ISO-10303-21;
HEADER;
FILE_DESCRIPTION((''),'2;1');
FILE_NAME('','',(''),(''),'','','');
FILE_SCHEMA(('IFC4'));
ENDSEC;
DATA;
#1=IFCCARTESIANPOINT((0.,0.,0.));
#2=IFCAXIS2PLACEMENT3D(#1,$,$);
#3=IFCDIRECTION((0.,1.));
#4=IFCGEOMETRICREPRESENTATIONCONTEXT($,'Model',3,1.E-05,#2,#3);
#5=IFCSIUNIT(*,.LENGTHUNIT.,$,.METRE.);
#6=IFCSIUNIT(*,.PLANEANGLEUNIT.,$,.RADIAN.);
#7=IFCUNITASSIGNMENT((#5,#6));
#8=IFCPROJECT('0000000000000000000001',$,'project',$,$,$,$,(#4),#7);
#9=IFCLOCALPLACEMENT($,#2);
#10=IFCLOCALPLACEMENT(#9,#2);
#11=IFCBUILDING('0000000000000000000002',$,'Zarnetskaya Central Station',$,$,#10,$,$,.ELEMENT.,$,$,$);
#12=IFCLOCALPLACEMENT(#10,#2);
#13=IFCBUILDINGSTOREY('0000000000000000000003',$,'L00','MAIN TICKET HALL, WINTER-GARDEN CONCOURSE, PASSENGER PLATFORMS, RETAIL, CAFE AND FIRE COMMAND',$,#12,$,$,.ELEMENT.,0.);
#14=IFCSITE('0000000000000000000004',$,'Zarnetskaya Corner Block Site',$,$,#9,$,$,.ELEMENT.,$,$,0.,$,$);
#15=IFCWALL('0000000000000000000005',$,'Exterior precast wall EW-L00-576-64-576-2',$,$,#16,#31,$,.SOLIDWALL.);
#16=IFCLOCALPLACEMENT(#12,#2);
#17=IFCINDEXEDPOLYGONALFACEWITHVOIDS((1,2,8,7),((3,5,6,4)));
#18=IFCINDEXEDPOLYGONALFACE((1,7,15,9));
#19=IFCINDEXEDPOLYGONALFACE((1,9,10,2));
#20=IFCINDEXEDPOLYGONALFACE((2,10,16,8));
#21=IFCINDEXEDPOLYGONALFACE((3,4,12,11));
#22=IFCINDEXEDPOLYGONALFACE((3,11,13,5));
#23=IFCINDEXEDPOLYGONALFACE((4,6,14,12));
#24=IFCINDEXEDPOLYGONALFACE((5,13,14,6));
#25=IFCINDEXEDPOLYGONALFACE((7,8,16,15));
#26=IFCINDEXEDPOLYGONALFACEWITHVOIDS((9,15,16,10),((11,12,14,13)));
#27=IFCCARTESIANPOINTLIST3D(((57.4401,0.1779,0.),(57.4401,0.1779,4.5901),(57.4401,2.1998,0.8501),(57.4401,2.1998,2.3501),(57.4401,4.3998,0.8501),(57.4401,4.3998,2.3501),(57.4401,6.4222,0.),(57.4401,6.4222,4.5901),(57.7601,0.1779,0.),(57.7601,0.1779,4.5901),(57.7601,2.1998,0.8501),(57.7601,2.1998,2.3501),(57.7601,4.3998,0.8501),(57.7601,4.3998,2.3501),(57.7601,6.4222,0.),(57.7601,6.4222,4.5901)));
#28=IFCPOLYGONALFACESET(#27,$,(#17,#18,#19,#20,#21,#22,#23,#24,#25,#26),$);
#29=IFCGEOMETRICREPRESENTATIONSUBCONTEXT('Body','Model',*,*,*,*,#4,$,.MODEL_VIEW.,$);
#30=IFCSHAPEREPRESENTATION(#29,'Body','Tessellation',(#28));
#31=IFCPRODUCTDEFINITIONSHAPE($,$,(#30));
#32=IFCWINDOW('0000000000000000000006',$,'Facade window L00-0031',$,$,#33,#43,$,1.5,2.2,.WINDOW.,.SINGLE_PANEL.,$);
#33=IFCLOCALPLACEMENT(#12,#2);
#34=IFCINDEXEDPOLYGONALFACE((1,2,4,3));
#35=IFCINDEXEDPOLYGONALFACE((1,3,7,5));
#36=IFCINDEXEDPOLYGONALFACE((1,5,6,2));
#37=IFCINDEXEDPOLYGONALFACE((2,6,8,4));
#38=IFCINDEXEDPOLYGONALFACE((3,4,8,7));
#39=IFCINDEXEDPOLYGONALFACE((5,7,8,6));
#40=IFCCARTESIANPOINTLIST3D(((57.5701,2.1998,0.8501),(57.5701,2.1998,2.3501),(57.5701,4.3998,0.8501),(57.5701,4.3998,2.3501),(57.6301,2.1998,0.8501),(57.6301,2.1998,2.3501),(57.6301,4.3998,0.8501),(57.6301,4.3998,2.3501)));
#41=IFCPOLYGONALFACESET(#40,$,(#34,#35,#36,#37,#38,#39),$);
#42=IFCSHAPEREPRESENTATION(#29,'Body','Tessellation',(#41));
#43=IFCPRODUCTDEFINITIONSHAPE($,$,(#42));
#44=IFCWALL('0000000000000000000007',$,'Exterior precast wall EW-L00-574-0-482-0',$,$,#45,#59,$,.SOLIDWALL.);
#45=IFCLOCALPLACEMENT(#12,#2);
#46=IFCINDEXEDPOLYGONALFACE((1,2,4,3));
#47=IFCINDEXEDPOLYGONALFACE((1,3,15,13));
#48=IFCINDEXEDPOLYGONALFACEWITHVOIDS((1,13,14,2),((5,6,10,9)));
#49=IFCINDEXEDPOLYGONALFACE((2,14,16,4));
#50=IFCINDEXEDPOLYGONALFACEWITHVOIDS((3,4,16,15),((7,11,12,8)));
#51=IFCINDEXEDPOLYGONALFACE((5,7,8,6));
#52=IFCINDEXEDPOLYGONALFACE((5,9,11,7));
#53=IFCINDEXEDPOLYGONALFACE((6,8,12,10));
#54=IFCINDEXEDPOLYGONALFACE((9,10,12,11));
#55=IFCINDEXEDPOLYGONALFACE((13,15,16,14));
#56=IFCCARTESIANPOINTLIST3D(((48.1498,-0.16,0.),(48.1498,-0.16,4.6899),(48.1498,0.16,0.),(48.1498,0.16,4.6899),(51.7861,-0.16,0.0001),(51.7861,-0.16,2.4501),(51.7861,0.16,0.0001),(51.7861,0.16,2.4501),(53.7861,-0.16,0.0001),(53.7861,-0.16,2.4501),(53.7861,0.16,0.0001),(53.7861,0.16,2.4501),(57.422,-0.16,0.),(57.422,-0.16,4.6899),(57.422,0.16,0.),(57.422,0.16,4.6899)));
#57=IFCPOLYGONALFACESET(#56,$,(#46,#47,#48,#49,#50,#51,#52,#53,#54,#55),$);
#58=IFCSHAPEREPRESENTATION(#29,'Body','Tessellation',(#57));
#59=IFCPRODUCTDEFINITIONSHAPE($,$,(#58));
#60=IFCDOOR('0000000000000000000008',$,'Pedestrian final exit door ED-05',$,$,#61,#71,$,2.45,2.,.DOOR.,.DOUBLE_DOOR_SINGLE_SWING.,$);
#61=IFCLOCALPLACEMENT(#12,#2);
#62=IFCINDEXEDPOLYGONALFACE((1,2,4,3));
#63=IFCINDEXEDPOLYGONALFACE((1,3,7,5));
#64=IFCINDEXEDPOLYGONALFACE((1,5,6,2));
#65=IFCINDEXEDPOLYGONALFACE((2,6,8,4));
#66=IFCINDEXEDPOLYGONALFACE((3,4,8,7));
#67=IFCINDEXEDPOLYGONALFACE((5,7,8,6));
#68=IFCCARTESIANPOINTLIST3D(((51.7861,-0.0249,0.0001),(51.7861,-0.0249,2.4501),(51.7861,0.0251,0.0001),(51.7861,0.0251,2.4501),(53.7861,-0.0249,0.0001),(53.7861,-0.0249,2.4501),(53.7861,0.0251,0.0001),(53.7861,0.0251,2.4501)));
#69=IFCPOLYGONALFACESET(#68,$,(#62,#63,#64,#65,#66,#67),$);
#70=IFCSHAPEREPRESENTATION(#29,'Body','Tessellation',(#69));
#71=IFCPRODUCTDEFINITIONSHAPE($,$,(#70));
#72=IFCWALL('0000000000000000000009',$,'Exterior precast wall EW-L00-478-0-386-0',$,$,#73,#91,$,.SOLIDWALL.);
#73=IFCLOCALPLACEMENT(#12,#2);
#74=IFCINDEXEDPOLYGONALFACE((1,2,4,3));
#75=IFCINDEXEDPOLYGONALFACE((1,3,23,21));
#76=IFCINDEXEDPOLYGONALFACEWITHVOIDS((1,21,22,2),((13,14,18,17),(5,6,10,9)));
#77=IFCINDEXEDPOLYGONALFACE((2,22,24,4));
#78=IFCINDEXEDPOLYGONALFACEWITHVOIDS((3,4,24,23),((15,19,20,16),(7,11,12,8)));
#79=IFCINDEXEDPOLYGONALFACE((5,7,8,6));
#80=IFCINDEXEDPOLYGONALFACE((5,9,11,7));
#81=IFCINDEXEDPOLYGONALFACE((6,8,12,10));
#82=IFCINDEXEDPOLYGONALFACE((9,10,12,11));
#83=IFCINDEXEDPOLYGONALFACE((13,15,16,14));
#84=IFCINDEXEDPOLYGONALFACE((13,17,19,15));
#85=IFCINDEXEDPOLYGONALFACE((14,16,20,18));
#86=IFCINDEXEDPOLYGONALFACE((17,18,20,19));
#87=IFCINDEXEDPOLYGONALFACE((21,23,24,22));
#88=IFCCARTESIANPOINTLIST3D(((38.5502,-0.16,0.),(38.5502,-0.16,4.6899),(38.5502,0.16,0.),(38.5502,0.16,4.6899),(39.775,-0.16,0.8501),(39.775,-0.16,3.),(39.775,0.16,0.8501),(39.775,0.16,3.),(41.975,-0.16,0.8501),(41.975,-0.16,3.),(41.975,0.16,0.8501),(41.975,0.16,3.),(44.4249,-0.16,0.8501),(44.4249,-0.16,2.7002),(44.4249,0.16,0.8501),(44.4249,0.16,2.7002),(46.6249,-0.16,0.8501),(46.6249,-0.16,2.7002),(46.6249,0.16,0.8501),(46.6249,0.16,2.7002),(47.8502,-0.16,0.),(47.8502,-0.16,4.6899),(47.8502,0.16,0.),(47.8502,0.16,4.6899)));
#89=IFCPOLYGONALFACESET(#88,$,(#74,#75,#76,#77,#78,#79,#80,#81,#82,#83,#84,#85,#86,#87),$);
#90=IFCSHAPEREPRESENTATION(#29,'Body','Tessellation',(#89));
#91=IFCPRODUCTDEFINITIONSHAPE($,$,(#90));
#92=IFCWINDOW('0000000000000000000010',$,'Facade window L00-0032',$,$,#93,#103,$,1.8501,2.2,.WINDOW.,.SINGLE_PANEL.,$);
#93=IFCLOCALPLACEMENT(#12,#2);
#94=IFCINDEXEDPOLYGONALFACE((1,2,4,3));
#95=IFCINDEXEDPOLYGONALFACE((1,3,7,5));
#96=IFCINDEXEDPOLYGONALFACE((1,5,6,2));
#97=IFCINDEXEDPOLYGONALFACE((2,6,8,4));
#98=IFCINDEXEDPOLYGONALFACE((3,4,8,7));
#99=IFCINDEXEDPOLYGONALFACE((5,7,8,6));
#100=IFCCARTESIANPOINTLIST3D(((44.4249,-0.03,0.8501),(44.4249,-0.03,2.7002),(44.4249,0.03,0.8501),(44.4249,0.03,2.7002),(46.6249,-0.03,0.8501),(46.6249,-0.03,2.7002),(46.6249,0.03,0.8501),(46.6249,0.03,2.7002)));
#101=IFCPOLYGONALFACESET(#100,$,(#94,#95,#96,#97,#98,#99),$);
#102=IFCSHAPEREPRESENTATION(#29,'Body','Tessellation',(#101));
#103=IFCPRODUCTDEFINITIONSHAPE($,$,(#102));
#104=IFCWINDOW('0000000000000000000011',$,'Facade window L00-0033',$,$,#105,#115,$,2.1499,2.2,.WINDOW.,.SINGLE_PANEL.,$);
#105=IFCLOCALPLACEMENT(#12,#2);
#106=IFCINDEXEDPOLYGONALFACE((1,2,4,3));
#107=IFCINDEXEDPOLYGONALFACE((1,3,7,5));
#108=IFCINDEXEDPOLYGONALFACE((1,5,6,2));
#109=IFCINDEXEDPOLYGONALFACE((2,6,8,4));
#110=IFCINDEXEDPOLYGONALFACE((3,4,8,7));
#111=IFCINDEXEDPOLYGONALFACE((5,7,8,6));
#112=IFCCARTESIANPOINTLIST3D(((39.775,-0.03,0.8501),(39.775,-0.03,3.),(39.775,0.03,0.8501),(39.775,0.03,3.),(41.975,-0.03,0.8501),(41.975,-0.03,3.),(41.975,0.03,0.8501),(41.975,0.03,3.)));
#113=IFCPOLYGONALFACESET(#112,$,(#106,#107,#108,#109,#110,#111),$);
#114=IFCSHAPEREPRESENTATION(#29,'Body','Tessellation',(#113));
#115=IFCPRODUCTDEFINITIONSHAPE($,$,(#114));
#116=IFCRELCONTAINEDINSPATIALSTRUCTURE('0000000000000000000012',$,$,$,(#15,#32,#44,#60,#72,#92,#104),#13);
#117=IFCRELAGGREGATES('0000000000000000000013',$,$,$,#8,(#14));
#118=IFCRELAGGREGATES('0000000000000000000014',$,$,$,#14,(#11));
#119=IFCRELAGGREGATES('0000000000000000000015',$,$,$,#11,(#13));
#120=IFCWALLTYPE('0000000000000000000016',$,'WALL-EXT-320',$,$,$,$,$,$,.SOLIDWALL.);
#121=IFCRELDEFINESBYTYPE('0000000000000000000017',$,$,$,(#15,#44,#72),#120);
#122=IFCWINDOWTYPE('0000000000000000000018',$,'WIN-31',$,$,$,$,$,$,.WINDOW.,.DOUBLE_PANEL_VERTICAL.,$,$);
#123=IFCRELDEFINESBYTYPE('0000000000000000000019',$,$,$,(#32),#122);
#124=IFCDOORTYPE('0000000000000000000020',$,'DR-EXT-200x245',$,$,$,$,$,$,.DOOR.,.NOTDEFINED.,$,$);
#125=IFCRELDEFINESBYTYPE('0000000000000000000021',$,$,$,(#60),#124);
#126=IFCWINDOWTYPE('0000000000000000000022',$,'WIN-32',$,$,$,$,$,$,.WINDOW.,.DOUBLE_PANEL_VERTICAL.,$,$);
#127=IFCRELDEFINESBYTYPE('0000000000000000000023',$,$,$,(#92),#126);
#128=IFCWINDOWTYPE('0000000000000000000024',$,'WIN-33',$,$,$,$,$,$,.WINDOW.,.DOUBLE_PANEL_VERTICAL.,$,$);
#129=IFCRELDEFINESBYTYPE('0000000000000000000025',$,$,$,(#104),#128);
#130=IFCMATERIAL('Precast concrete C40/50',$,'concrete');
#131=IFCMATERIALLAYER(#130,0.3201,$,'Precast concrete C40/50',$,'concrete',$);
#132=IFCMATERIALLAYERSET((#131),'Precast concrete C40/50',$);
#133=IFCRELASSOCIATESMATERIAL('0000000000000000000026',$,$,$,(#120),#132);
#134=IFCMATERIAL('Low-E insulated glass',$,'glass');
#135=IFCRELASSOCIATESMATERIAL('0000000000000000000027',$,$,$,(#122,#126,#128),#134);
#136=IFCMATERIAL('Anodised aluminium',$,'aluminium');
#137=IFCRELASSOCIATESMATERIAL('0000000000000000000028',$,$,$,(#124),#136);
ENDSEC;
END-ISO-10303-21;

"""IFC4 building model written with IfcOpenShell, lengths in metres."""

from ifc_helpers import new_model, si_unit, direction, frame, frame_2d, origin, place, context, subcontext, project, spatial, rectangle, extrude, material, layer, layer_set, type_object, element, fill, save


model = new_model("IFC4")

# Units and contexts
model_context = context("Model", 3, precision=1e-05, world=origin(), true_north=direction((0.0, 1.0)))
body_context = subcontext(model_context, "Body", "Model", "MODEL_VIEW")
ifc_project = project(units=[si_unit("LENGTHUNIT", "METRE"), si_unit("PLANEANGLEUNIT", "RADIAN")], contexts=[model_context])

# Site, building, storey
site_placement = place(None, origin())
site = spatial("IfcSite", under=ifc_project, at=site_placement, Name="Zarnetskaya Corner Block Site", CompositionType="ELEMENT", RefElevation=0.0)
building_placement = place(site_placement, origin())
building = spatial("IfcBuilding", under=site, at=building_placement, Name="Zarnetskaya Central Station", CompositionType="ELEMENT")
storey_placement = place(building_placement, origin())
storey = spatial("IfcBuildingStorey", under=building, at=storey_placement, Name="L00", Description="MAIN TICKET HALL, WINTER-GARDEN CONCOURSE, PASSENGER PLATFORMS, RETAIL, CAFE AND FIRE COMMAND", CompositionType="ELEMENT", Elevation=0.0)

# Shared definitions
ifc_material_1 = material(Name="Anodised aluminium", Category="aluminium")

# Wall, opening, window
ifc_material_2 = material(Name="Precast concrete C40/50", Category="concrete")
ifc_layer_1 = layer(ifc_material_2, 0.3201, Name="Precast concrete C40/50", Category="concrete")
ifc_layer_set_1 = layer_set([ifc_layer_1], Name="Precast concrete C40/50")
wall_type_1 = type_object("IfcWallType", Name="WALL-EXT-320", PredefinedType="SOLIDWALL", material=ifc_layer_set_1)
ifc_material_3 = material(Name="Low-E insulated glass", Category="glass")
wall_1_placement = place(storey_placement, frame((57.6001, 6.4221, 0.0), z_axis=(0.0, 0.0, 1.0), x_axis=(0.0, -1.0, 0.0)))
wall_1 = element("IfcWall", 1, at=wall_1_placement, inside=storey, type_object=wall_type_1, Name="Exterior precast wall EW-L00-576-64-576-2", PredefinedType="SOLIDWALL", context=body_context, shape_type="SweptSolid", body=[
    extrude(rectangle(XDim=6.2444, YDim=0.3201, at=frame_2d((3.1221, 0.0))), origin(), (0.0, 0.0, 1.0), 4.5901),
])
opening_1_placement = place(wall_1_placement, frame((2.0222, 0.0, 0.8501)))
opening_1 = element("IfcOpeningElement", 2, at=opening_1_placement, cuts=wall_1, PredefinedType="OPENING", context=body_context, shape_type="SweptSolid", body=[
    extrude(rectangle(XDim=2.2, YDim=1.5, at=frame_2d((1.1001, 0.75))), frame((0.0, 0.1699, 0.0), z_axis=(0.0, -1.0, 0.0), x_axis=(1.0, 0.0, 0.0)), (0.0, 0.0, 1.0), 0.3401),
])
window_type_1 = type_object("IfcWindowType", Name="WIN-31", PartitioningType="DOUBLE_PANEL_VERTICAL", PredefinedType="WINDOW", material=ifc_material_3)
window_1_placement = place(opening_1_placement, origin())
window_1 = element("IfcWindow", 3, at=window_1_placement, inside=storey, type_object=window_type_1, Name="Facade window L00-0031", OverallHeight=1.5, OverallWidth=2.2, PartitioningType="SINGLE_PANEL", PredefinedType="WINDOW", context=body_context, shape_type="SweptSolid", body=[
    extrude(rectangle(XDim=2.2, YDim=1.5, at=frame_2d((1.1001, 0.75))), frame((0.0, 0.03, 0.0), z_axis=(0.0, -1.0, 0.0), x_axis=(1.0, 0.0, 0.0)), (0.0, 0.0, 1.0), 0.0601),
])
fill(opening_1, window_1)

# Wall, opening, door
wall_2_placement = place(storey_placement, frame((57.4221, 0.0, 0.0), z_axis=(0.0, 0.0, 1.0), x_axis=(-1.0, 0.0, 0.0)))
wall_2 = element("IfcWall", 4, at=wall_2_placement, inside=storey, type_object=wall_type_1, Name="Exterior precast wall EW-L00-574-0-482-0", PredefinedType="SOLIDWALL", context=body_context, shape_type="SweptSolid", body=[
    extrude(rectangle(XDim=9.2722, YDim=0.3201, at=frame_2d((4.6362, 0.0))), origin(), (0.0, 0.0, 1.0), 4.6899),
])
opening_2_placement = place(wall_2_placement, frame((3.636, 0.0, 0.0)))
opening_2 = element("IfcOpeningElement", 5, at=opening_2_placement, cuts=wall_2, PredefinedType="OPENING", context=body_context, shape_type="SweptSolid", body=[
    extrude(rectangle(XDim=2.0, YDim=2.45, at=frame_2d((1.0, 1.2251))), frame((0.0, 0.1699, 0.0), z_axis=(0.0, -1.0, 0.0), x_axis=(1.0, 0.0, 0.0)), (0.0, 0.0, 1.0), 0.3401),
])
door_type_1 = type_object("IfcDoorType", Name="DR-EXT-200x245", OperationType="NOTDEFINED", PredefinedType="DOOR", material=ifc_material_1)
door_1_placement = place(opening_2_placement, origin())
door_1 = element("IfcDoor", 6, at=door_1_placement, inside=storey, type_object=door_type_1, Name="Pedestrian final exit door ED-05", OperationType="DOUBLE_DOOR_SINGLE_SWING", OverallHeight=2.45, OverallWidth=2.0, PredefinedType="DOOR", context=body_context, shape_type="SweptSolid", body=[
    extrude(rectangle(XDim=2.0, YDim=2.45, at=frame_2d((1.0, 1.2251))), frame((0.0, 0.0249, 0.0), z_axis=(0.0, -1.0, 0.0), x_axis=(1.0, 0.0, 0.0)), (0.0, 0.0, 1.0), 0.05),
])
fill(opening_2, door_1)

# Wall, openings, windows
wall_3_placement = place(storey_placement, frame((47.8501, 0.0, 0.0), z_axis=(0.0, 0.0, 1.0), x_axis=(-1.0, 0.0, 0.0)))
wall_3 = element("IfcWall", 7, at=wall_3_placement, inside=storey, type_object=wall_type_1, Name="Exterior precast wall EW-L00-478-0-386-0", PredefinedType="SOLIDWALL", context=body_context, shape_type="SweptSolid", body=[
    extrude(rectangle(XDim=9.3, YDim=0.3201, at=frame_2d((4.6499, 0.0))), origin(), (0.0, 0.0, 1.0), 4.6899),
])
opening_3_placement = place(wall_3_placement, frame((1.2251, 0.0, 0.8501)))
opening_3 = element("IfcOpeningElement", 8, at=opening_3_placement, cuts=wall_3, PredefinedType="OPENING", context=body_context, shape_type="SweptSolid", body=[
    extrude(rectangle(XDim=2.2, YDim=1.8501, at=frame_2d((1.1001, 0.925))), frame((0.0, 0.1699, 0.0), z_axis=(0.0, -1.0, 0.0), x_axis=(1.0, 0.0, 0.0)), (0.0, 0.0, 1.0), 0.3401),
])
opening_4_placement = place(wall_3_placement, frame((5.875, 0.0, 0.8501)))
opening_4 = element("IfcOpeningElement", 9, at=opening_4_placement, cuts=wall_3, PredefinedType="OPENING", context=body_context, shape_type="SweptSolid", body=[
    extrude(rectangle(XDim=2.2, YDim=2.1499, at=frame_2d((1.1001, 1.075))), frame((0.0, 0.1699, 0.0), z_axis=(0.0, -1.0, 0.0), x_axis=(1.0, 0.0, 0.0)), (0.0, 0.0, 1.0), 0.3401),
])
window_type_2 = type_object("IfcWindowType", Name="WIN-32", PartitioningType="DOUBLE_PANEL_VERTICAL", PredefinedType="WINDOW", material=ifc_material_3)
window_2_placement = place(opening_3_placement, origin())
window_2 = element("IfcWindow", 10, at=window_2_placement, inside=storey, type_object=window_type_2, Name="Facade window L00-0032", OverallHeight=1.8501, OverallWidth=2.2, PartitioningType="SINGLE_PANEL", PredefinedType="WINDOW", context=body_context, shape_type="SweptSolid", body=[
    extrude(rectangle(XDim=2.2, YDim=1.8501, at=frame_2d((1.1001, 0.925))), frame((0.0, 0.03, 0.0), z_axis=(0.0, -1.0, 0.0), x_axis=(1.0, 0.0, 0.0)), (0.0, 0.0, 1.0), 0.0601),
])
fill(opening_3, window_2)
window_type_3 = type_object("IfcWindowType", Name="WIN-33", PartitioningType="DOUBLE_PANEL_VERTICAL", PredefinedType="WINDOW", material=ifc_material_3)
window_3_placement = place(opening_4_placement, origin())
window_3 = element("IfcWindow", 11, at=window_3_placement, inside=storey, type_object=window_type_3, Name="Facade window L00-0033", OverallHeight=2.1499, OverallWidth=2.2, PartitioningType="SINGLE_PANEL", PredefinedType="WINDOW", context=body_context, shape_type="SweptSolid", body=[
    extrude(rectangle(XDim=2.2, YDim=2.1499, at=frame_2d((1.1001, 1.075))), frame((0.0, 0.03, 0.0), z_axis=(0.0, -1.0, 0.0), x_axis=(1.0, 0.0, 0.0)), (0.0, 0.0, 1.0), 0.0601),
])
fill(opening_4, window_3)

save(model, "model.ifc")
